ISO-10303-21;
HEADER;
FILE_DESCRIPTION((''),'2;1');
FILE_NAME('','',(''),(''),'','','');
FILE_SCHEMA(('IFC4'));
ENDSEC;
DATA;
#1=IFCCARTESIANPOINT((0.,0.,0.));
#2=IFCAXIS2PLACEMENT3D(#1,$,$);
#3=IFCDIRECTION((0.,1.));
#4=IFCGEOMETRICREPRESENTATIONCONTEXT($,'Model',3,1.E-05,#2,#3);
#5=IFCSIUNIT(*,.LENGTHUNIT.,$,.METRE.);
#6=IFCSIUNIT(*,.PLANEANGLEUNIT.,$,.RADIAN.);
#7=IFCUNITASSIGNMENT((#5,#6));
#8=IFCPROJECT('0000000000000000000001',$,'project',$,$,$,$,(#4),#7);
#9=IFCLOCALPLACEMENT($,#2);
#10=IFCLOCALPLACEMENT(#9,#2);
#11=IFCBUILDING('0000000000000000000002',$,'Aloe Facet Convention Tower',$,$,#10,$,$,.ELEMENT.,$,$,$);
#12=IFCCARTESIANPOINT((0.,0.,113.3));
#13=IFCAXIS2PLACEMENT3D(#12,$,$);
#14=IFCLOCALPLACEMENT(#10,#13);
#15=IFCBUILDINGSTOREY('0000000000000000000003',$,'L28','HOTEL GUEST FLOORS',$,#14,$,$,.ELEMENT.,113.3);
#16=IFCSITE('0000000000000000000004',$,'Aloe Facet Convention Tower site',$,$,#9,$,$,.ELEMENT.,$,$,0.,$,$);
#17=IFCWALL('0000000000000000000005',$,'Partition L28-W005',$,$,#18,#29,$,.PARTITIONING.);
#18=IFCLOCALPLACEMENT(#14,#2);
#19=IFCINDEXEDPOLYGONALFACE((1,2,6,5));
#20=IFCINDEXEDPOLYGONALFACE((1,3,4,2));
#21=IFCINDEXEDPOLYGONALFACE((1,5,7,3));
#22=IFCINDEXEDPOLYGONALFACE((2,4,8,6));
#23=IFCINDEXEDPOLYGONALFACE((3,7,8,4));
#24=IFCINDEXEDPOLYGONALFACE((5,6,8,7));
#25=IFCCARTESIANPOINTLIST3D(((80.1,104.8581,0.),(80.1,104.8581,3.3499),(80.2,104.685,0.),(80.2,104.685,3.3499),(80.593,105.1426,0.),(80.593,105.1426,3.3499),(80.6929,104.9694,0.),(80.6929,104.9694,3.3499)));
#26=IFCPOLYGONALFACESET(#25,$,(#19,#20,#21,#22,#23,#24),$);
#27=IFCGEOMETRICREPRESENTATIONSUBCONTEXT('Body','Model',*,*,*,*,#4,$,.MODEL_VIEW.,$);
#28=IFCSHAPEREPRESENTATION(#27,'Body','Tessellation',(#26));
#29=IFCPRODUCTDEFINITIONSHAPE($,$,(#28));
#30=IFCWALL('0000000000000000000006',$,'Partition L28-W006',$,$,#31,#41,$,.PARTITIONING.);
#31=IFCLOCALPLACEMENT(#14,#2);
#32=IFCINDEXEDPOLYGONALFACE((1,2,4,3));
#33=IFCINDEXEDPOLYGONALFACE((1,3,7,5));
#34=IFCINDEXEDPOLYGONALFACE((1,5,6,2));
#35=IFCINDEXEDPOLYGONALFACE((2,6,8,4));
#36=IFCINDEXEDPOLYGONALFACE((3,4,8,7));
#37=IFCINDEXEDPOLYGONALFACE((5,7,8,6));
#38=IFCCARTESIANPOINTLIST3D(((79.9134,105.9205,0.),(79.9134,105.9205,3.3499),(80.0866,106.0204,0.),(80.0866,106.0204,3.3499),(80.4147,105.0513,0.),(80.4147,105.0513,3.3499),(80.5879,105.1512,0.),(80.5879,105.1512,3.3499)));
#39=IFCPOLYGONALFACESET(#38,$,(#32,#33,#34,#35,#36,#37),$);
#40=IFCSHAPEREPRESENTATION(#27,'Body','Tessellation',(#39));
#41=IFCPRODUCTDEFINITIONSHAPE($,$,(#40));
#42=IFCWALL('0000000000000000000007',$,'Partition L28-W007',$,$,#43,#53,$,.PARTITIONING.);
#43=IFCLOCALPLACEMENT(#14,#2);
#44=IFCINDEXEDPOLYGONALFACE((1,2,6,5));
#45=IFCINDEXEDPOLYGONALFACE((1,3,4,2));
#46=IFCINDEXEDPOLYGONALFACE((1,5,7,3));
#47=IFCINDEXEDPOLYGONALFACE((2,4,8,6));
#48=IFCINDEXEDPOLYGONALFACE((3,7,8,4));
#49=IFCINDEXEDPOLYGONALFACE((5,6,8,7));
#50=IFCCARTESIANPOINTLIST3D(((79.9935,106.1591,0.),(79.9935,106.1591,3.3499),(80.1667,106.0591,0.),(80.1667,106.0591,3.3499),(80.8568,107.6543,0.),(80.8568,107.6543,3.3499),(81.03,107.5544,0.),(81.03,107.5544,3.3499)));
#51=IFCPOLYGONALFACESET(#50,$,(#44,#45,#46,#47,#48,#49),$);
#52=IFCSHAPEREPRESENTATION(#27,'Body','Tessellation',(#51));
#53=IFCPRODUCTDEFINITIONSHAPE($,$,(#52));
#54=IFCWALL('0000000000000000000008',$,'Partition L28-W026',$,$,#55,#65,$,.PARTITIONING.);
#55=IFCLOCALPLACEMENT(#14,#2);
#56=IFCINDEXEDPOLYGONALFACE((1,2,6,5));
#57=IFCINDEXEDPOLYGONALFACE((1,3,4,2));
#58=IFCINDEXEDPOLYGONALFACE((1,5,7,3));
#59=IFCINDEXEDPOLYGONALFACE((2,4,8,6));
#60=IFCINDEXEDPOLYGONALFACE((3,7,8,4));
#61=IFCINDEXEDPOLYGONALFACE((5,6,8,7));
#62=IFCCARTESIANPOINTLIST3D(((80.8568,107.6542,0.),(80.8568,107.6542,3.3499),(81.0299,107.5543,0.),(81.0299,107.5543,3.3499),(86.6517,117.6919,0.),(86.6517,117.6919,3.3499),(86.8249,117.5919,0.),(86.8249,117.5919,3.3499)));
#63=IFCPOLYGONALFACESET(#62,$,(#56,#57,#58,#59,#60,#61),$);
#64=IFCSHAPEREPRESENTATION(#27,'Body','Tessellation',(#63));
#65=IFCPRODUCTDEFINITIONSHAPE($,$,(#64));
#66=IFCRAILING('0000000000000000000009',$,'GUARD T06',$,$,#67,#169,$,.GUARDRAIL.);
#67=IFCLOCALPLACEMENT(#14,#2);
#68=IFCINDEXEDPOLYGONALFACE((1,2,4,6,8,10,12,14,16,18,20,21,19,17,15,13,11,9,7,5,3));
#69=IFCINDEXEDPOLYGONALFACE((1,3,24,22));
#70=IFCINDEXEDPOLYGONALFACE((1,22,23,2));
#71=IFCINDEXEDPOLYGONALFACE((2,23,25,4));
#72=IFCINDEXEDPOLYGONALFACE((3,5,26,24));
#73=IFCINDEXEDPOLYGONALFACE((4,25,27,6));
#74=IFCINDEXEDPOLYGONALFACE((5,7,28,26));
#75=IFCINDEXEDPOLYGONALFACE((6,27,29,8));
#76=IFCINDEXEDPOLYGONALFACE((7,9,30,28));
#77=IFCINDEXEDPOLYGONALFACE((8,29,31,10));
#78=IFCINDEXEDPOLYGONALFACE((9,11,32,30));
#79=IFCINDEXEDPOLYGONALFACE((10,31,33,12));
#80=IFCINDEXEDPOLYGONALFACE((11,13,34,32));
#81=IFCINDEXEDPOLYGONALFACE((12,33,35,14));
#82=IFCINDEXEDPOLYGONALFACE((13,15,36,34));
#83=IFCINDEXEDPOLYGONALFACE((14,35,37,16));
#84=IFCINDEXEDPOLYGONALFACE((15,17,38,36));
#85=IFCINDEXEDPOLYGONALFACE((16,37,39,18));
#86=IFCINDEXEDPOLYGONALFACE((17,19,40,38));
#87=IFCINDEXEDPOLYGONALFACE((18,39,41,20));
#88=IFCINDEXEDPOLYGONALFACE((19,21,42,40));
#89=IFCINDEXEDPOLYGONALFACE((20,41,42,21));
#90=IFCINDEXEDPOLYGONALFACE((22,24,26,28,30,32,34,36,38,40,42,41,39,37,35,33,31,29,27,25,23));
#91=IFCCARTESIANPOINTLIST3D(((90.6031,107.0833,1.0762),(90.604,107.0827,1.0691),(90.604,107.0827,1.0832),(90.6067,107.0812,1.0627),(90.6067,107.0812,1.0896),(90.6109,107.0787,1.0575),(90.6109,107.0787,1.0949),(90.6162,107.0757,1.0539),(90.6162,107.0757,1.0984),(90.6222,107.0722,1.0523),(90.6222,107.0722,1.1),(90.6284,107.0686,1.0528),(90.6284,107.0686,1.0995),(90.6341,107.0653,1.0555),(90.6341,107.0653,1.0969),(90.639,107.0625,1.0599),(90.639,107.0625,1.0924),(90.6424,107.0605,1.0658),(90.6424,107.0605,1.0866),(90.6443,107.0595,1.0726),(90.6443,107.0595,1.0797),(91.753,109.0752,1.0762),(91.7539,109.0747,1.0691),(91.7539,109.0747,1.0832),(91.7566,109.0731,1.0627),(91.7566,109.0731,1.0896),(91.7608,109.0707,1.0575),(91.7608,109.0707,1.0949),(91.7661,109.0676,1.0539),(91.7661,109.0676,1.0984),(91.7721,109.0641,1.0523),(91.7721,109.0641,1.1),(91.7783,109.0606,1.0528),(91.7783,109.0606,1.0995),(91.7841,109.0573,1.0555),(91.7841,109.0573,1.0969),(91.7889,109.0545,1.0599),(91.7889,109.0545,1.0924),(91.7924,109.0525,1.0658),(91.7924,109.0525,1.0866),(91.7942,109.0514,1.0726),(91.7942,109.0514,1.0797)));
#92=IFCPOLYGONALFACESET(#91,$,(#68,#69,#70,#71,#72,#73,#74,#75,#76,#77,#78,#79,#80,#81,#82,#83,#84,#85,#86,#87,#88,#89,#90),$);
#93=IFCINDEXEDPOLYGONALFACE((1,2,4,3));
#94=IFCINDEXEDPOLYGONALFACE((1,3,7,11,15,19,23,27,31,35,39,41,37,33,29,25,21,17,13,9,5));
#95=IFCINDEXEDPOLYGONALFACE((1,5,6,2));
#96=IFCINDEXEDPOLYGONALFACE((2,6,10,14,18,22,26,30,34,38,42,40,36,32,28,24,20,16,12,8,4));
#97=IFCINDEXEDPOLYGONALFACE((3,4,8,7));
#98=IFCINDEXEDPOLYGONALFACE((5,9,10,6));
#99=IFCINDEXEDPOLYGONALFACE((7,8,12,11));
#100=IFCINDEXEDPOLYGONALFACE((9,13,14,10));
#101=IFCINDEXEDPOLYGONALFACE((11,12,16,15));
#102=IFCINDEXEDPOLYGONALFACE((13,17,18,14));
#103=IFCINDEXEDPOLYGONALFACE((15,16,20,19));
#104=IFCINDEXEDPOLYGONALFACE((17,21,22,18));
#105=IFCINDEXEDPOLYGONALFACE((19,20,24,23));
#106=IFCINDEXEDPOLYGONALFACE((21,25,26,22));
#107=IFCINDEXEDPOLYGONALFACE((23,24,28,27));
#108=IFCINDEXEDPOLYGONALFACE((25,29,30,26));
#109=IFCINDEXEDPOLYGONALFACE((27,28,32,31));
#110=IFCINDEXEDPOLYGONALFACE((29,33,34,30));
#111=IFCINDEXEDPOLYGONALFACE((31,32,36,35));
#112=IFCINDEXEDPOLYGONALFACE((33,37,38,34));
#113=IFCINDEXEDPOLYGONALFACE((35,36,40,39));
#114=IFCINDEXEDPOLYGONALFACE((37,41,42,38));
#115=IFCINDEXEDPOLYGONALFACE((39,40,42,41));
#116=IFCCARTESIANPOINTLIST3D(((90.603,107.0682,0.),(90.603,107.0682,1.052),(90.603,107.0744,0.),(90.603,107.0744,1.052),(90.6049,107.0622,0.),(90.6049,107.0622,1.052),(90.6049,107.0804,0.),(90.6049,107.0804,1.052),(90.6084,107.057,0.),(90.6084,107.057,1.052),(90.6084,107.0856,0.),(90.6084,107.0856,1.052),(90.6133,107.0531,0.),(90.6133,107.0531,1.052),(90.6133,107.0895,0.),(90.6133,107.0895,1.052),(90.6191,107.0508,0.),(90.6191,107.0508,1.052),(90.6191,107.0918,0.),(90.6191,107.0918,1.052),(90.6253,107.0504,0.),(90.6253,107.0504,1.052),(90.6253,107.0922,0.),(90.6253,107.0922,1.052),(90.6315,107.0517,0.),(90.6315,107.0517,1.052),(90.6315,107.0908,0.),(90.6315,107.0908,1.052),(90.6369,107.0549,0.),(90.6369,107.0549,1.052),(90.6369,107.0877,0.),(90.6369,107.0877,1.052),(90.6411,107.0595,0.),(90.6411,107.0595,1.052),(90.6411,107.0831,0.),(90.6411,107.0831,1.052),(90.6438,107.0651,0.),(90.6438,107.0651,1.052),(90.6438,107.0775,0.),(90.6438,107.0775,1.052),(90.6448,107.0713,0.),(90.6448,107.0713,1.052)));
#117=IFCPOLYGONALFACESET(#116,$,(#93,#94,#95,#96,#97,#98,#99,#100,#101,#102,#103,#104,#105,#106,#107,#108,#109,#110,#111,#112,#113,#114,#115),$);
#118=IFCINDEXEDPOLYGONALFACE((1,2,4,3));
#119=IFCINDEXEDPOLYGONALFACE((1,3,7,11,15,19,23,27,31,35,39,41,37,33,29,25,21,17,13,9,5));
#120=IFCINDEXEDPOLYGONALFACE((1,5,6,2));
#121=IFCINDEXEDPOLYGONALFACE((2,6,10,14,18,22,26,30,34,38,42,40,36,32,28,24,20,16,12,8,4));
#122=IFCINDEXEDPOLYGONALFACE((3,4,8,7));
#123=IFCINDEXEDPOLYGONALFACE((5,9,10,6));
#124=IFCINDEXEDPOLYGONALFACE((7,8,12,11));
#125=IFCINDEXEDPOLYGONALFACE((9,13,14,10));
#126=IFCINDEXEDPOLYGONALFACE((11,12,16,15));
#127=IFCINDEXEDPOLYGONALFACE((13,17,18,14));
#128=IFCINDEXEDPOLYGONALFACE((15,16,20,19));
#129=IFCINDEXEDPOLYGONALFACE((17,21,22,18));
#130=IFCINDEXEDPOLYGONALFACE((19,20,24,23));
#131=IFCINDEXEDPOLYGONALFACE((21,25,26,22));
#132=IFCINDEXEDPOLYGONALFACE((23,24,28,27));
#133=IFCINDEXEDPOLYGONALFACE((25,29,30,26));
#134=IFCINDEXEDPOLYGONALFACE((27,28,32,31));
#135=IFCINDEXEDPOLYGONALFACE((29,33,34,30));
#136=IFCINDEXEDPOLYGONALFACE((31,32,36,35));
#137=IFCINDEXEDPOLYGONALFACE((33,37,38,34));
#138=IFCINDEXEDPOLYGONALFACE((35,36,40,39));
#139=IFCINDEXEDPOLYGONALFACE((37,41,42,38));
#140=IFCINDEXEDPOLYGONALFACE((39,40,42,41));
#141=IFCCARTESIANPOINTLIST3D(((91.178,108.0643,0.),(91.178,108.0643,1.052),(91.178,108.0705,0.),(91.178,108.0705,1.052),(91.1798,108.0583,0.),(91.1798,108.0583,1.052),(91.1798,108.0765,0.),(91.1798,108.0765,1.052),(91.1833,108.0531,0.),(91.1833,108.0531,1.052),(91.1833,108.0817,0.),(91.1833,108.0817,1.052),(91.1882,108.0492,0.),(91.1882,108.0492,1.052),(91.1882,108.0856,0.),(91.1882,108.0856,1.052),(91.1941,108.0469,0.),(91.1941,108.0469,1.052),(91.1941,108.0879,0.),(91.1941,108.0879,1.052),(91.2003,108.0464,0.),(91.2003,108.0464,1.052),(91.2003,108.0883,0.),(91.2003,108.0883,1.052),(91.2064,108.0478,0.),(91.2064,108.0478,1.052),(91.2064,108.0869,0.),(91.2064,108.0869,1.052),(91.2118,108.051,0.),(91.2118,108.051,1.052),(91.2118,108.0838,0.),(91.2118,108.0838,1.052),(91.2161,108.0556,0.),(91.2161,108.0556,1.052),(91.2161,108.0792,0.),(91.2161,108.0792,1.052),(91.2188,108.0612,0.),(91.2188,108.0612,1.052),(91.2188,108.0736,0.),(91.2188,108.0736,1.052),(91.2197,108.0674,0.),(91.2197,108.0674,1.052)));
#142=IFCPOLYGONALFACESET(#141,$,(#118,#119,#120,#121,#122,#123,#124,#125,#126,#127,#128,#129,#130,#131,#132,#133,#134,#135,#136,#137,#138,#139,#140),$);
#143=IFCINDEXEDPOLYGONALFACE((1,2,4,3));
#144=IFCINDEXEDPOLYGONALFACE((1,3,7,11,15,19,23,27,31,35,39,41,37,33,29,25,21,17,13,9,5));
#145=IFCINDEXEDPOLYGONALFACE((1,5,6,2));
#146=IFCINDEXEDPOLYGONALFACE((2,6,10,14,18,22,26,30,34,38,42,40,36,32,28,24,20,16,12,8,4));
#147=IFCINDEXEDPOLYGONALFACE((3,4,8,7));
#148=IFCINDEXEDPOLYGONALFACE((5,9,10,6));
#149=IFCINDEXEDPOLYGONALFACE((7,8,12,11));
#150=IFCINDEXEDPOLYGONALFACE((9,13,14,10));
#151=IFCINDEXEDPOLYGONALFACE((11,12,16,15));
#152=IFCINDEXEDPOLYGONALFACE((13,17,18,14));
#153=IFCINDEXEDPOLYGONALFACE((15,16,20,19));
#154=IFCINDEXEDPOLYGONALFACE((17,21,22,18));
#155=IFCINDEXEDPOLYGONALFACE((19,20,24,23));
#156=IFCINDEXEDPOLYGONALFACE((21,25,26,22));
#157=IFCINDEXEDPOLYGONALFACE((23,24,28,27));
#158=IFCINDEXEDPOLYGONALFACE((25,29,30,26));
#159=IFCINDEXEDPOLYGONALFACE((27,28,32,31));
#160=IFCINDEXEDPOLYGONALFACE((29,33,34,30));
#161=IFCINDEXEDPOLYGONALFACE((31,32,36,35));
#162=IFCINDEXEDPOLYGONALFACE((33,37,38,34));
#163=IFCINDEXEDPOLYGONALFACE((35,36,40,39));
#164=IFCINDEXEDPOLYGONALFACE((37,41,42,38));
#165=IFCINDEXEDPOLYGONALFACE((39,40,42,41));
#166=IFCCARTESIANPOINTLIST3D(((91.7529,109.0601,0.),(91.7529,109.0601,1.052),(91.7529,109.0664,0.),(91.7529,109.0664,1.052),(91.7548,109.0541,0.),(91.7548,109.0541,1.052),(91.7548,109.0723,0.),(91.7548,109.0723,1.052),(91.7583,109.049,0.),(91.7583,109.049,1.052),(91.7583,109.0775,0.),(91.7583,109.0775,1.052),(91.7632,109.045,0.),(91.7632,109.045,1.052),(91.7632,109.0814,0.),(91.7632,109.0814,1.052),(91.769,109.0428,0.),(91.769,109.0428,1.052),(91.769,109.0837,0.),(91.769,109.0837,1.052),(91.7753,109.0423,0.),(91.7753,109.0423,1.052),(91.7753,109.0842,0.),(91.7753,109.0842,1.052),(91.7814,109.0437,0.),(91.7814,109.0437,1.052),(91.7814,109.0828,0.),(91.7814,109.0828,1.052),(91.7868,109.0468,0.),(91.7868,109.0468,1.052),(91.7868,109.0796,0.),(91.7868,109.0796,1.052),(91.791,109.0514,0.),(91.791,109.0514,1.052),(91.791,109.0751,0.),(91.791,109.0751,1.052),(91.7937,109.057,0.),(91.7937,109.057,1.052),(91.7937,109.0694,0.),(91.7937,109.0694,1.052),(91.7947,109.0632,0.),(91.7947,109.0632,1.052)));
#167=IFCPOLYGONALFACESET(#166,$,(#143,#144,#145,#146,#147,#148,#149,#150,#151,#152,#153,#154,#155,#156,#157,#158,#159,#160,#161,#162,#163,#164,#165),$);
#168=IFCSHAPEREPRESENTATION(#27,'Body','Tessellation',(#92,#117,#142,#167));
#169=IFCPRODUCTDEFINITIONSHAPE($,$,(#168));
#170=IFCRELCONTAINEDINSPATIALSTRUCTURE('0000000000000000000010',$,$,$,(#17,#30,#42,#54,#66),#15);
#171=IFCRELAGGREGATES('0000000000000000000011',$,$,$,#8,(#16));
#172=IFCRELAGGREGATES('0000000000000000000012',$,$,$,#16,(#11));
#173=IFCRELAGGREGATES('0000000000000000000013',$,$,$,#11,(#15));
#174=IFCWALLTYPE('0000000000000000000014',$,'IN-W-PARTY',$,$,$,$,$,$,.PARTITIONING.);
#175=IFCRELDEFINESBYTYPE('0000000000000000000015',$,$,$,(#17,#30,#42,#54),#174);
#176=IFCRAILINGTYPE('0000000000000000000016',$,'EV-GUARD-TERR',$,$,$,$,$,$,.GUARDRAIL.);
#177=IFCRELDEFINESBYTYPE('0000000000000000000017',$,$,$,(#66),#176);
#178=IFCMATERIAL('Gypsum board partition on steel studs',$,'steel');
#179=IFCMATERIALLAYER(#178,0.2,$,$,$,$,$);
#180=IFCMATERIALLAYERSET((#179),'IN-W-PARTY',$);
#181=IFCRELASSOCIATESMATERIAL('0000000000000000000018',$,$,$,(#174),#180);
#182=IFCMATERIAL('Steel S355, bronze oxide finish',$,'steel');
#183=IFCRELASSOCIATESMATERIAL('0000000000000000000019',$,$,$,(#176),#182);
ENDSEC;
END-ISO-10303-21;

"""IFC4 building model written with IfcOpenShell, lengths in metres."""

from ifc_helpers import new_model, si_unit, direction, frame, frame_2d, origin, origin_2d, place, context, subcontext, project, spatial, rectangle, circle, extrude, material, layer, layer_set, type_object, element, save


model = new_model("IFC4")

# Units and contexts
model_context = context("Model", 3, precision=1e-05, world=origin(), true_north=direction((0.0, 1.0)))
body_context = subcontext(model_context, "Body", "Model", "MODEL_VIEW")
ifc_project = project(units=[si_unit("LENGTHUNIT", "METRE"), si_unit("PLANEANGLEUNIT", "RADIAN")], contexts=[model_context])

# Site, building, storey
site_placement = place(None, origin())
site = spatial("IfcSite", under=ifc_project, at=site_placement, Name="Aloe Facet Convention Tower site", CompositionType="ELEMENT", RefElevation=0.0)
building_placement = place(site_placement, origin())
building = spatial("IfcBuilding", under=site, at=building_placement, Name="Aloe Facet Convention Tower", CompositionType="ELEMENT")
storey_placement = place(building_placement, frame((0.0, 0.0, 113.3)))
storey = spatial("IfcBuildingStorey", under=building, at=storey_placement, Name="L28", Description="HOTEL GUEST FLOORS", CompositionType="ELEMENT", Elevation=113.3)

# Walls
ifc_material_1 = material(Name="Gypsum board partition on steel studs", Category="steel")
ifc_layer_1 = layer(ifc_material_1, 0.2)
ifc_layer_set_1 = layer_set([ifc_layer_1], Name="IN-W-PARTY")
wall_type_1 = type_object("IfcWallType", Name="IN-W-PARTY", PredefinedType="PARTITIONING", material=ifc_layer_set_1)
wall_1_placement = place(storey_placement, frame((80.1499, 104.7715, 0.0), z_axis=(0.0, 0.0, 1.0), x_axis=(0.86615, 0.499784, 0.0)))
element("IfcWall", 1, at=wall_1_placement, inside=storey, type_object=wall_type_1, Name="Partition L28-W005", PredefinedType="PARTITIONING", context=body_context, shape_type="SweptSolid", body=[
    extrude(rectangle(XDim=0.5691, YDim=0.2, at=frame_2d((0.2847, 0.0))), origin(), (0.0, 0.0, 1.0), 3.3499),
])
wall_2_placement = place(storey_placement, frame((80.0, 105.9705, 0.0), z_axis=(0.0, 0.0, 1.0), x_axis=(0.499568, -0.866275, 0.0)))
element("IfcWall", 2, at=wall_2_placement, inside=storey, type_object=wall_type_1, Name="Partition L28-W006", PredefinedType="PARTITIONING", context=body_context, shape_type="SweptSolid", body=[
    extrude(rectangle(XDim=1.0034, YDim=0.2, at=frame_2d((0.5017, 0.0))), origin(), (0.0, 0.0, 1.0), 3.3499),
])
wall_3_placement = place(storey_placement, frame((80.0801, 106.1091, 0.0), z_axis=(0.0, 0.0, 1.0), x_axis=(0.500033, 0.866007, 0.0)))
element("IfcWall", 3, at=wall_3_placement, inside=storey, type_object=wall_type_1, Name="Partition L28-W007", PredefinedType="PARTITIONING", context=body_context, shape_type="SweptSolid", body=[
    extrude(rectangle(XDim=1.7266, YDim=0.2, at=frame_2d((0.8633, 0.0))), origin(), (0.0, 0.0, 1.0), 3.3499),
])
wall_4_placement = place(storey_placement, frame((80.9434, 107.6042, 0.0), z_axis=(0.0, 0.0, 1.0), x_axis=(0.499981, 0.866036, 0.0)))
element("IfcWall", 4, at=wall_4_placement, inside=storey, type_object=wall_type_1, Name="Partition L28-W026", PredefinedType="PARTITIONING", context=body_context, shape_type="SweptSolid", body=[
    extrude(rectangle(XDim=11.5903, YDim=0.2, at=frame_2d((5.7952, 0.0))), origin(), (0.0, 0.0, 1.0), 3.3499),
])

# Railing
ifc_material_2 = material(Name="Steel S355, bronze oxide finish", Category="steel")
railing_type = type_object("IfcRailingType", Name="EV-GUARD-TERR", PredefinedType="GUARDRAIL", material=ifc_material_2)
railing_placement = place(storey_placement, frame((90.6238, 107.0713, 0.0)))
element("IfcRailing", 5, at=railing_placement, inside=storey, type_object=railing_type, Name="GUARD T06", PredefinedType="GUARDRAIL", context=body_context, shape_type="SweptSolid", body=[
    extrude(circle(Radius=0.0239, at=origin_2d()), frame((0.0, 0.0, 1.0762), z_axis=(0.499952, 0.866053, 0.0), x_axis=(-0.866053, 0.499952, 0.0)), (0.0, 0.0, 1.0), 2.3),
    extrude(circle(Radius=0.021, at=origin_2d()), origin(), (0.0, 0.0, 1.0), 1.052),
    extrude(circle(Radius=0.021, at=origin_2d()), frame((0.575, 0.9961, 0.0)), (0.0, 0.0, 1.0), 1.052),
    extrude(circle(Radius=0.021, at=origin_2d()), frame((1.1499, 1.9919, 0.0)), (0.0, 0.0, 1.0), 1.052),
])

save(model, "model.ifc")
